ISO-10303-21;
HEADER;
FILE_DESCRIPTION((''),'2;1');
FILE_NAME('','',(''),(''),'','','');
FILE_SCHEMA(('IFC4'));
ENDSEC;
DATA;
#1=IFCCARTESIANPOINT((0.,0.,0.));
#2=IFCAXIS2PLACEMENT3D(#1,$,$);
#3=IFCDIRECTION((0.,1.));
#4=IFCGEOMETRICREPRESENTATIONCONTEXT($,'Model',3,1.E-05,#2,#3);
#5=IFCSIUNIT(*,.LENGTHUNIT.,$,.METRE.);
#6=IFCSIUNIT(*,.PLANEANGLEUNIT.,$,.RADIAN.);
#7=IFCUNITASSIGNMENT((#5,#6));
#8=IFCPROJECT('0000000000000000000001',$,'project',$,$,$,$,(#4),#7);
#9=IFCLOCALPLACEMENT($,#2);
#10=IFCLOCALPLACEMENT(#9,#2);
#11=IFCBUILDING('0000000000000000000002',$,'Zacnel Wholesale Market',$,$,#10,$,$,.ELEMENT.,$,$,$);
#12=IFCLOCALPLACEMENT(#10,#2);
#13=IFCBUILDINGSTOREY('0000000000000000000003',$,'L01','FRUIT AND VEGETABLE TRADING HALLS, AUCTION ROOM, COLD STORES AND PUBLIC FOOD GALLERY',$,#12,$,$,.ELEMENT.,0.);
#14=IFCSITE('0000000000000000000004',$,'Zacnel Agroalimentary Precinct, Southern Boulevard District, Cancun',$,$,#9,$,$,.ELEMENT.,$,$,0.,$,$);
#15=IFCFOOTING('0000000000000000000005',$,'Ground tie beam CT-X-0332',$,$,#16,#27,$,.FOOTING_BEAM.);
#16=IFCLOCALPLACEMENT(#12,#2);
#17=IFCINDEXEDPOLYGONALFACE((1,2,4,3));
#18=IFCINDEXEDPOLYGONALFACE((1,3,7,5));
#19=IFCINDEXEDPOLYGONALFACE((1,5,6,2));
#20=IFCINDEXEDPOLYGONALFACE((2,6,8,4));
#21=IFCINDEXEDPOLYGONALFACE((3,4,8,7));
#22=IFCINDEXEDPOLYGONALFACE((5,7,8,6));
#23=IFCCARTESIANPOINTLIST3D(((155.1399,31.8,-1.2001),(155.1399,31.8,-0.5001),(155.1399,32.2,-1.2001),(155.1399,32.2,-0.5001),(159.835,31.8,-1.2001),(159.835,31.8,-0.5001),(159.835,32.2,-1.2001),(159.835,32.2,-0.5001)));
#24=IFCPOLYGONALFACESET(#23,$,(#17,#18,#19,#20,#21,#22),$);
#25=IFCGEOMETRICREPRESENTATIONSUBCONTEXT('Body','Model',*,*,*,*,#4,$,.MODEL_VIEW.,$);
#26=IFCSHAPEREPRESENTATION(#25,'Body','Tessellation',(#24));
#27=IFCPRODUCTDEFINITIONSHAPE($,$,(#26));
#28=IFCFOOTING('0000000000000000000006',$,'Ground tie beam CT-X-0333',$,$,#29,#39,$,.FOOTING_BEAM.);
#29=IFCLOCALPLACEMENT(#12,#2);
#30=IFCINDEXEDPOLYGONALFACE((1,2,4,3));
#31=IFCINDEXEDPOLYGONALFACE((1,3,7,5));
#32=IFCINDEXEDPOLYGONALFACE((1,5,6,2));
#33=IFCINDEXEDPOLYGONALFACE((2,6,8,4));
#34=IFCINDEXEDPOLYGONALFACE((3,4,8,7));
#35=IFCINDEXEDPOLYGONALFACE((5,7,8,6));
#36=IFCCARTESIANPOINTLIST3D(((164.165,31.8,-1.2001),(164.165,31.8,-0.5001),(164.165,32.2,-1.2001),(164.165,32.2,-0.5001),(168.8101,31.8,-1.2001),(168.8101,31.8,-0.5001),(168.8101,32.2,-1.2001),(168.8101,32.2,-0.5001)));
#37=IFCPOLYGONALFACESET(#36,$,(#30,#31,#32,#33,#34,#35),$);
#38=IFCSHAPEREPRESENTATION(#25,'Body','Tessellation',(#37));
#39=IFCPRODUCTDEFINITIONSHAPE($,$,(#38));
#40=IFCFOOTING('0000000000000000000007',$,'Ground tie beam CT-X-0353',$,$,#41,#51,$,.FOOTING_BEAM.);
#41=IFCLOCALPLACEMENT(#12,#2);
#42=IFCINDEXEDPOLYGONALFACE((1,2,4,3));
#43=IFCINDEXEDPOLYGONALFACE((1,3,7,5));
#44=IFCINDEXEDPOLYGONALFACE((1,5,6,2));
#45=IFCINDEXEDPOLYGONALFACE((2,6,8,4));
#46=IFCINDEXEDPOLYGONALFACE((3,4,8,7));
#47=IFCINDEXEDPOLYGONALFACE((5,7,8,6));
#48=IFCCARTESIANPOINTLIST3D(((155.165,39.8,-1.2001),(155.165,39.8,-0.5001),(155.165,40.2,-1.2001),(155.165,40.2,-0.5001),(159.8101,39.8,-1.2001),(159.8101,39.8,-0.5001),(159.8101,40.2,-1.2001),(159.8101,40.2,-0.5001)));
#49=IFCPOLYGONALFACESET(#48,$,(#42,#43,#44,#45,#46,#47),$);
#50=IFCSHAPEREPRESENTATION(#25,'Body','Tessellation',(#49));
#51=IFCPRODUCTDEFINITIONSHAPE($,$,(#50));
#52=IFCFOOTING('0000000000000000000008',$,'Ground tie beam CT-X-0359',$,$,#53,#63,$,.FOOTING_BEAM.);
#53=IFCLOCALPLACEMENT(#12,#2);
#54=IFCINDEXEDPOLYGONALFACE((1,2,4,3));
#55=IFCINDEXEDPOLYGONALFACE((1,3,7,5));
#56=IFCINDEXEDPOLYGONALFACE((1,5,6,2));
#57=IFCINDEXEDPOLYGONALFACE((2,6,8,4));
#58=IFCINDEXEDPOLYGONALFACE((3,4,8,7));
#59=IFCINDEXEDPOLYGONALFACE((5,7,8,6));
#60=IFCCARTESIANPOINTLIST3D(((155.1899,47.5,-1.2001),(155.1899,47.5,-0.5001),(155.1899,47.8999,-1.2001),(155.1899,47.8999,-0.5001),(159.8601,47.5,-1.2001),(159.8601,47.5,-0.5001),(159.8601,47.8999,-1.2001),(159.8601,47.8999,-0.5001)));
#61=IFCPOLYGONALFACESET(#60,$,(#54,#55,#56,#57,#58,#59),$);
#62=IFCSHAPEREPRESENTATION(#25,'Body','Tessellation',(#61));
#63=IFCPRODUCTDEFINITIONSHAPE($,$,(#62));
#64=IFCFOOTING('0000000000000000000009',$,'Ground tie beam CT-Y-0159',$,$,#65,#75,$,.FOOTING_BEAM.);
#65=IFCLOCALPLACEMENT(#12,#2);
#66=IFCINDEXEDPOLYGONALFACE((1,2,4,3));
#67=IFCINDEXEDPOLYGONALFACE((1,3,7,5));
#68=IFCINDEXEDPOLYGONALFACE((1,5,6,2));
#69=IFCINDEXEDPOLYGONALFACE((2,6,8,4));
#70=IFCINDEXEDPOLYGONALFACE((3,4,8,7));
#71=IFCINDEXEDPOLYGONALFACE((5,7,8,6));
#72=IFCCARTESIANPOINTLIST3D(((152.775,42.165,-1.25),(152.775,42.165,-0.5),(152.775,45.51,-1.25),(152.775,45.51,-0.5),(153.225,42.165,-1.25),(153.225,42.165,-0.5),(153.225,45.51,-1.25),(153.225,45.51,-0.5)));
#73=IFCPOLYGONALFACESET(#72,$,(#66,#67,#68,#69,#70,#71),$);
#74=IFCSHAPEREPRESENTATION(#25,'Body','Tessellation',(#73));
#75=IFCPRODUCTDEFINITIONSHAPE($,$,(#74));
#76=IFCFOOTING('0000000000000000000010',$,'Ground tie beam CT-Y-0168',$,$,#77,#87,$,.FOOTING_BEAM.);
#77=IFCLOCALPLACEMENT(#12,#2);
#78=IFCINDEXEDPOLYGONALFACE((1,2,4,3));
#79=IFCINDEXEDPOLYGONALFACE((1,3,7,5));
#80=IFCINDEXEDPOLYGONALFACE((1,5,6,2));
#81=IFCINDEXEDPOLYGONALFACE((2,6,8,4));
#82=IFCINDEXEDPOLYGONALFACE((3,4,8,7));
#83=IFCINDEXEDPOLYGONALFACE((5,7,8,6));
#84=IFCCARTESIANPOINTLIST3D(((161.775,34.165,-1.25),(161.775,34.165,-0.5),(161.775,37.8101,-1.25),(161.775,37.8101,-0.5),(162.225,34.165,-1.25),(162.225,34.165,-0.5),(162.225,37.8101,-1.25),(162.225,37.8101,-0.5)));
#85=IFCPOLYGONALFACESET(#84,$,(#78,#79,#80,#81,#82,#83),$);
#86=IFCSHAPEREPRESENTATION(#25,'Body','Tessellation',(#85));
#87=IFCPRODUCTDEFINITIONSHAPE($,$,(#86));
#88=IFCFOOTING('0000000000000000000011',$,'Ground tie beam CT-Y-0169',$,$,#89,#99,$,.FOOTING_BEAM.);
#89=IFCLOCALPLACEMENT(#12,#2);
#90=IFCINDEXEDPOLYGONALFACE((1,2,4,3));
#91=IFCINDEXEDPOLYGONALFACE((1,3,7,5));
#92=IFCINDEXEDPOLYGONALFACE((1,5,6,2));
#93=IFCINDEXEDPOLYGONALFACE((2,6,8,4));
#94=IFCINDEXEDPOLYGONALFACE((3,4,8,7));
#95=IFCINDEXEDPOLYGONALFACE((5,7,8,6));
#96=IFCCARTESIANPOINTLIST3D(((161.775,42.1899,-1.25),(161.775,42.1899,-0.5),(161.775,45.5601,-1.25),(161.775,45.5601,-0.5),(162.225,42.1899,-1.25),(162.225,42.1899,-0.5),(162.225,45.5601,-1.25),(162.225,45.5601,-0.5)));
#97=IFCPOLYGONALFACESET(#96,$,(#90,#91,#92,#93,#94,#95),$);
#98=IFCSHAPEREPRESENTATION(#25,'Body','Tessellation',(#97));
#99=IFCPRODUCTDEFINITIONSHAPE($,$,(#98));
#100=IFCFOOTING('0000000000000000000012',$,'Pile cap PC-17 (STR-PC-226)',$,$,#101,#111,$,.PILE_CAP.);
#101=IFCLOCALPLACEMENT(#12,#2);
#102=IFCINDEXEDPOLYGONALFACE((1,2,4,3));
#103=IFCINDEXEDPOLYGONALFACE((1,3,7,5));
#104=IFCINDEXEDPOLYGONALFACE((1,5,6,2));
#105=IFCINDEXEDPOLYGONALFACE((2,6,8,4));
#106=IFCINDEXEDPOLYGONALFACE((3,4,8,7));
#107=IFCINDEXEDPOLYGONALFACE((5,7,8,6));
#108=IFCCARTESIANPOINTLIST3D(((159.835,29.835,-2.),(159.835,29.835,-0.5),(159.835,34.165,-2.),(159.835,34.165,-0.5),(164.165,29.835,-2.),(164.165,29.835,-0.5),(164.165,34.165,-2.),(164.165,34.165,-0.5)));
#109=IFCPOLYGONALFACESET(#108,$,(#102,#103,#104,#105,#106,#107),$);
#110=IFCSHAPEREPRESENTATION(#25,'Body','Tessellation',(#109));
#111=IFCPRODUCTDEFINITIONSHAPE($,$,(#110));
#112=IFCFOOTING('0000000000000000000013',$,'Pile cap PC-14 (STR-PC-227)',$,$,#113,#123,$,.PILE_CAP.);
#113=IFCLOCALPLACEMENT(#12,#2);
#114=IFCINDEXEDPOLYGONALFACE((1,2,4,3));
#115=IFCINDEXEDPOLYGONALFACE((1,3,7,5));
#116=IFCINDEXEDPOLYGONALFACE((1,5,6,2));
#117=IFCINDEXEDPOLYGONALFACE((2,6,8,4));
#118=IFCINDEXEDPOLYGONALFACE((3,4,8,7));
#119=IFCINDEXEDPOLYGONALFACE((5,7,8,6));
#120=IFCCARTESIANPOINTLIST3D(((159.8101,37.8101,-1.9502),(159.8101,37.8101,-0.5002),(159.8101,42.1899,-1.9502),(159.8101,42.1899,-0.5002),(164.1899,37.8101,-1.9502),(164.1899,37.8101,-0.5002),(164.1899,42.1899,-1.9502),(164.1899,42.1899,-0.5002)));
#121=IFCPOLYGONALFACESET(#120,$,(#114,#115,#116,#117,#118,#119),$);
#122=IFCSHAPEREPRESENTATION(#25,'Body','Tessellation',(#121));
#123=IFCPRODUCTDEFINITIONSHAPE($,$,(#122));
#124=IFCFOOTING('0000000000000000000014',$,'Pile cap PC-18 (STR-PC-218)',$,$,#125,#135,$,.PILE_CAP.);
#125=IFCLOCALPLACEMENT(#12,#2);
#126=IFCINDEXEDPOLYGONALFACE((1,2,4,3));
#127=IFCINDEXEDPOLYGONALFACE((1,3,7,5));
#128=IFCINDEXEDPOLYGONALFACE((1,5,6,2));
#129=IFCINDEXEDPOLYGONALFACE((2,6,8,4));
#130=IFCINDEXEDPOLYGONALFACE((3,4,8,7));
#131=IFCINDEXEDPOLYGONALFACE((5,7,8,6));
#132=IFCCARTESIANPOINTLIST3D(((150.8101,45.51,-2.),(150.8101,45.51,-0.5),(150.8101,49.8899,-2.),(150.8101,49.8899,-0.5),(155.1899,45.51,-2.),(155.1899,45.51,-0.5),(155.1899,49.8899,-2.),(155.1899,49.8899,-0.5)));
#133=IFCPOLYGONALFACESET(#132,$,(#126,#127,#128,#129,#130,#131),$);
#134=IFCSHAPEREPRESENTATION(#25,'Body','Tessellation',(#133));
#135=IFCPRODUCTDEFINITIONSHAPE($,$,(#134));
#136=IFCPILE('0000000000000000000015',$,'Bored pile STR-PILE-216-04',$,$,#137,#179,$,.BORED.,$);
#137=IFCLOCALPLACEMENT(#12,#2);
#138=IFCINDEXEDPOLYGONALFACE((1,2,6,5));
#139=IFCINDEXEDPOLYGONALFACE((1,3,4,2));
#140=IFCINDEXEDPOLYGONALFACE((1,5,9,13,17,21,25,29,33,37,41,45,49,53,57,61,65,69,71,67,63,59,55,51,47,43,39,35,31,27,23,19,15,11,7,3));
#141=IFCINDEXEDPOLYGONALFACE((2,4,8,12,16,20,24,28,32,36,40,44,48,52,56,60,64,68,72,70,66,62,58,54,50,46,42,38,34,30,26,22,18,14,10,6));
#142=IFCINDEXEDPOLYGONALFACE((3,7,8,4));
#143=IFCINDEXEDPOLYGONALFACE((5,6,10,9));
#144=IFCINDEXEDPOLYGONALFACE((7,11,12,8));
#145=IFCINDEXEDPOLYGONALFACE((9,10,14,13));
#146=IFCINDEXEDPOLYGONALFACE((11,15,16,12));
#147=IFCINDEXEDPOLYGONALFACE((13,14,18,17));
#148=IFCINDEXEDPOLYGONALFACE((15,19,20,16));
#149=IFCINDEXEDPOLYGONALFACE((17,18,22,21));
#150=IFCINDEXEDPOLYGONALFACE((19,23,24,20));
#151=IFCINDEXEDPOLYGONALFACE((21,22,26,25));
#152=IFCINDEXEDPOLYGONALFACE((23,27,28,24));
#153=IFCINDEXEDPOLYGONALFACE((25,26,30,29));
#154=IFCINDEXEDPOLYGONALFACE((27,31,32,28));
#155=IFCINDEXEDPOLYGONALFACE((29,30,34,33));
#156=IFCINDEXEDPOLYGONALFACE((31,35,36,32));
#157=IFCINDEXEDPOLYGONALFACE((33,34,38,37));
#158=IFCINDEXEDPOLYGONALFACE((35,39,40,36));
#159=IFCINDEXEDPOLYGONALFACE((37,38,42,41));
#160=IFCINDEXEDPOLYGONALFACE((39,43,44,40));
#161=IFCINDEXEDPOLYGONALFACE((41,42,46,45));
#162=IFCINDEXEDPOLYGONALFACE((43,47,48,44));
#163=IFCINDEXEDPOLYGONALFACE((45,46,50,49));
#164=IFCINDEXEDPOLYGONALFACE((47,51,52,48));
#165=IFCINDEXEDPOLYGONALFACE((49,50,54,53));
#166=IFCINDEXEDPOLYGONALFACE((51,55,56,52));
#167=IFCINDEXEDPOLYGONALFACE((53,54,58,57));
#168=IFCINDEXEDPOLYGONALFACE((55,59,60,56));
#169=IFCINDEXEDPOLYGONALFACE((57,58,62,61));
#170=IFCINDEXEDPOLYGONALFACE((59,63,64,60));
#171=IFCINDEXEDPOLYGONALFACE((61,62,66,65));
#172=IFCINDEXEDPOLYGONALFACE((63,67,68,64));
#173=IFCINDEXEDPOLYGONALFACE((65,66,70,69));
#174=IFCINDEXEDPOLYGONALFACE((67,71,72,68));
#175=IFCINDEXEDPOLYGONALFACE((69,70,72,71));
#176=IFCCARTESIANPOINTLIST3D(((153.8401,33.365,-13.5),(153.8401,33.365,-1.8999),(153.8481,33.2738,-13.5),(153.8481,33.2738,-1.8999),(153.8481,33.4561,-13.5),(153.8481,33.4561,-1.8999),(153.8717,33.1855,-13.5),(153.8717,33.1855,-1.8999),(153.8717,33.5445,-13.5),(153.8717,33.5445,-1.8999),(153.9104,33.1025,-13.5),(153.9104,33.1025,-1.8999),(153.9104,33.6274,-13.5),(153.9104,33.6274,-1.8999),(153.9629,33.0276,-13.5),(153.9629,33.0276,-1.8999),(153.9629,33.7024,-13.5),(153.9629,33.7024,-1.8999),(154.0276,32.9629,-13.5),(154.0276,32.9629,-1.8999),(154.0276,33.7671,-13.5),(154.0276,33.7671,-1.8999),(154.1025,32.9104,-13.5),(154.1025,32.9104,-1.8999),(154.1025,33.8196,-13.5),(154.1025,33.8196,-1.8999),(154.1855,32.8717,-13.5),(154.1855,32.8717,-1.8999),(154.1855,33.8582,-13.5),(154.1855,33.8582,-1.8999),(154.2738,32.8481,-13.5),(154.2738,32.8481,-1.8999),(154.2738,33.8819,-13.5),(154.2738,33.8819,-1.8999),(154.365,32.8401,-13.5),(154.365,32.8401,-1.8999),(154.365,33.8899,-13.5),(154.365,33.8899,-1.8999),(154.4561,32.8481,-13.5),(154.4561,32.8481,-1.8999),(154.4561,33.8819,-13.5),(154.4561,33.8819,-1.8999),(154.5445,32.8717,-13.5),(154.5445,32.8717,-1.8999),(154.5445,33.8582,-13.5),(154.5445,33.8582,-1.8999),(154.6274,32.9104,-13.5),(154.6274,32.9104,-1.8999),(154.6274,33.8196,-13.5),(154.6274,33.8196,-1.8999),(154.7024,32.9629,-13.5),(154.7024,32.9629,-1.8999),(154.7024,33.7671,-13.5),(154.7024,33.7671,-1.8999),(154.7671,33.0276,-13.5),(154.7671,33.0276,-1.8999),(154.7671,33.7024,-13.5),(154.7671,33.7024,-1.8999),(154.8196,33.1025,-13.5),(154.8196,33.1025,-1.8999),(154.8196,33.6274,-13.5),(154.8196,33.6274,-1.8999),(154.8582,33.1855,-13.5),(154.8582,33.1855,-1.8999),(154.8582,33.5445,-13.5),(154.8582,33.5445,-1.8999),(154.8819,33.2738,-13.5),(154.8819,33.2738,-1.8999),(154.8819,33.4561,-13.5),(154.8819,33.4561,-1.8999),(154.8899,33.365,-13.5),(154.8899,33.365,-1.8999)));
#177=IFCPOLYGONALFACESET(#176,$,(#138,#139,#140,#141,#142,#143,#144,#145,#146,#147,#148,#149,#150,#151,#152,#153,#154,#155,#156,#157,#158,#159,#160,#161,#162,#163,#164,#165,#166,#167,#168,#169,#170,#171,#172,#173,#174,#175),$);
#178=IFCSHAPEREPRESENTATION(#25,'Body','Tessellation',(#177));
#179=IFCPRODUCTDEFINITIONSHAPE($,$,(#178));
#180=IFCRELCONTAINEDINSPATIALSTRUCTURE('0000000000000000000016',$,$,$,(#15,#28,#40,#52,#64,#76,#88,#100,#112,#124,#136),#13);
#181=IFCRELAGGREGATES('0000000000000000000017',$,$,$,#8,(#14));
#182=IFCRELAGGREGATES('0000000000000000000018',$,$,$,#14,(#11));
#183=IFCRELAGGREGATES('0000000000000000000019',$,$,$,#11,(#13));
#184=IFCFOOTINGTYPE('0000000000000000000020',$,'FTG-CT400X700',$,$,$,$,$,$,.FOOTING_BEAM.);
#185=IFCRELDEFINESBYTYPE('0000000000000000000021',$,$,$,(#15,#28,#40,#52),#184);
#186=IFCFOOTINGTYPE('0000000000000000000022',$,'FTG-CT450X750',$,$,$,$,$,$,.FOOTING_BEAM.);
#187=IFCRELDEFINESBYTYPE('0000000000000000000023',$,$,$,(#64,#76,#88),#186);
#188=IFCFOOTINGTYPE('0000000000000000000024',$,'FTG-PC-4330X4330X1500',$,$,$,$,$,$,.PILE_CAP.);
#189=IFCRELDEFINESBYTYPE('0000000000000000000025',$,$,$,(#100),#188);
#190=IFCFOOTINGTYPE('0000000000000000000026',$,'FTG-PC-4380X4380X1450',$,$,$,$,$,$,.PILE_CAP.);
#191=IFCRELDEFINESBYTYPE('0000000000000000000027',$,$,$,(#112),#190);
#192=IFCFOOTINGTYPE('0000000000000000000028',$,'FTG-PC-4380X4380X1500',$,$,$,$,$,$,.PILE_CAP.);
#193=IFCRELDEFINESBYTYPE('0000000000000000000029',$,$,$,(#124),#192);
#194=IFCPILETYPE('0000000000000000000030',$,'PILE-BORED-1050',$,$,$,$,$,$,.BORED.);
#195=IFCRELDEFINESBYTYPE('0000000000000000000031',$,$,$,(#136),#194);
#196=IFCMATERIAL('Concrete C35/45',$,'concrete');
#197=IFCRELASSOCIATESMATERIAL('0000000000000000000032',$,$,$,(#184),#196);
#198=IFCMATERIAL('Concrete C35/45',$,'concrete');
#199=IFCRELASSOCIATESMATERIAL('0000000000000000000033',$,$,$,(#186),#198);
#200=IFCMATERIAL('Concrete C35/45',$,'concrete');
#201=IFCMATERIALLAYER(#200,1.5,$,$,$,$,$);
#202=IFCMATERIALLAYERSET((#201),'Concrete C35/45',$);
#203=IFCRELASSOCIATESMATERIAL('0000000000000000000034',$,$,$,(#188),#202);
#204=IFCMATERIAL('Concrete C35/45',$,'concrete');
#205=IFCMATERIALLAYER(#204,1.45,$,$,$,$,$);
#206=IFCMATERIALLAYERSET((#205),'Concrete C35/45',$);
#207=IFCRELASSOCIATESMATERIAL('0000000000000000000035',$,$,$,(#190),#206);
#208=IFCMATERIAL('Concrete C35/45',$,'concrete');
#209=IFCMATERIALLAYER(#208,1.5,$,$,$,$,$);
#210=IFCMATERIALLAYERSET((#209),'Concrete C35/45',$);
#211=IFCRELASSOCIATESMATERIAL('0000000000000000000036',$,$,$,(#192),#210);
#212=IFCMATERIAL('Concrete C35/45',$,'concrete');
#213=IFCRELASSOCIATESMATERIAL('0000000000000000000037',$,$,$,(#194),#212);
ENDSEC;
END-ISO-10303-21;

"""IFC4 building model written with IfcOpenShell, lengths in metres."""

from ifc_helpers import new_model, si_unit, direction, frame, origin, origin_2d, place, context, subcontext, project, spatial, rectangle, circle, extrude, material, layer, layer_set, material_profile, profile_set, type_object, element, save


model = new_model("IFC4")

# Units and contexts
model_context = context("Model", 3, precision=1e-05, world=origin(), true_north=direction((0.0, 1.0)))
body_context = subcontext(model_context, "Body", "Model", "MODEL_VIEW")
ifc_project = project(units=[si_unit("LENGTHUNIT", "METRE"), si_unit("PLANEANGLEUNIT", "RADIAN")], contexts=[model_context])

# Site, building, storey
site_placement = place(None, origin())
site = spatial("IfcSite", under=ifc_project, at=site_placement, Name="Zacnel Agroalimentary Precinct, Southern Boulevard District, Cancun", CompositionType="ELEMENT", RefElevation=0.0)
building_placement = place(site_placement, origin())
building = spatial("IfcBuilding", under=site, at=building_placement, Name="Zacnel Wholesale Market", CompositionType="ELEMENT")
storey_placement = place(building_placement, origin())
storey = spatial("IfcBuildingStorey", under=building, at=storey_placement, Name="L01", Description="FRUIT AND VEGETABLE TRADING HALLS, AUCTION ROOM, COLD STORES AND PUBLIC FOOD GALLERY", CompositionType="ELEMENT", Elevation=0.0)

# Footings
ifc_material_1 = material(Name="Concrete C35/45", Category="concrete")
ifc_material_profile_1 = material_profile(ifc_material_1, rectangle(XDim=0.3999, YDim=0.7, at=origin_2d()), Name="CT 400x700")
ifc_profile_set_1 = profile_set([ifc_material_profile_1], Name="Concrete C35/45")
footing_type_1 = type_object("IfcFootingType", Name="FTG-CT400X700", PredefinedType="FOOTING_BEAM", material=ifc_profile_set_1)
footing_1_placement = place(storey_placement, frame((155.1399, 32.0, -0.8501), z_axis=(1.0, 0.0, 0.0), x_axis=(0.0, 1.0, 0.0)))
element("IfcFooting", 1, at=footing_1_placement, inside=storey, type_object=footing_type_1, Name="Ground tie beam CT-X-0332", PredefinedType="FOOTING_BEAM", context=body_context, shape_type="SweptSolid", body=[
    extrude(rectangle(XDim=0.3999, YDim=0.7, at=origin_2d()), origin(), (0.0, 0.0, 1.0), 4.6951),
])
for number, where, z_axis, x_axis, name in (
    (2, (164.165, 32.0, -0.8501), (1.0, 0.0, 0.0), (0.0, 1.0, 0.0), "Ground tie beam CT-X-0333"),
    (3, (155.165, 40.0, -0.8501), (1.0, 0.0, 0.0), (0.0, 1.0, 0.0), "Ground tie beam CT-X-0353"),
):
    element("IfcFooting", number, at=place(storey_placement, frame(where, z_axis=z_axis, x_axis=x_axis)), inside=storey, type_object=footing_type_1, Name=name, PredefinedType="FOOTING_BEAM", context=body_context, shape_type="SweptSolid", body=[
        extrude(rectangle(XDim=0.3999, YDim=0.7, at=origin_2d()), origin(), (0.0, 0.0, 1.0), 4.645),
    ])
footing_2_placement = place(storey_placement, frame((155.1899, 47.7, -0.8501), z_axis=(1.0, 0.0, 0.0), x_axis=(0.0, 1.0, 0.0)))
element("IfcFooting", 4, at=footing_2_placement, inside=storey, type_object=footing_type_1, Name="Ground tie beam CT-X-0359", PredefinedType="FOOTING_BEAM", context=body_context, shape_type="SweptSolid", body=[
    extrude(rectangle(XDim=0.3999, YDim=0.7, at=origin_2d()), origin(), (0.0, 0.0, 1.0), 4.6702),
])
ifc_material_2 = material(Name="Concrete C35/45", Category="concrete")
ifc_material_profile_2 = material_profile(ifc_material_2, rectangle(XDim=0.45, YDim=0.75, at=origin_2d()), Name="CT 450x750")
ifc_profile_set_2 = profile_set([ifc_material_profile_2], Name="Concrete C35/45")
footing_type_2 = type_object("IfcFootingType", Name="FTG-CT450X750", PredefinedType="FOOTING_BEAM", material=ifc_profile_set_2)
footing_3_placement = place(storey_placement, frame((153.0, 42.165, -0.875), z_axis=(0.0, 1.0, 0.0), x_axis=(-1.0, 0.0, 0.0)))
element("IfcFooting", 5, at=footing_3_placement, inside=storey, type_object=footing_type_2, Name="Ground tie beam CT-Y-0159", PredefinedType="FOOTING_BEAM", context=body_context, shape_type="SweptSolid", body=[
    extrude(rectangle(XDim=0.45, YDim=0.75, at=origin_2d()), origin(), (0.0, 0.0, 1.0), 3.345),
])
footing_4_placement = place(storey_placement, frame((162.0, 34.165, -0.875), z_axis=(0.0, 1.0, 0.0), x_axis=(-1.0, 0.0, 0.0)))
element("IfcFooting", 6, at=footing_4_placement, inside=storey, type_object=footing_type_2, Name="Ground tie beam CT-Y-0168", PredefinedType="FOOTING_BEAM", context=body_context, shape_type="SweptSolid", body=[
    extrude(rectangle(XDim=0.45, YDim=0.75, at=origin_2d()), origin(), (0.0, 0.0, 1.0), 3.645),
])
footing_5_placement = place(storey_placement, frame((162.0, 42.1899, -0.875), z_axis=(0.0, 1.0, 0.0), x_axis=(-1.0, 0.0, 0.0)))
element("IfcFooting", 7, at=footing_5_placement, inside=storey, type_object=footing_type_2, Name="Ground tie beam CT-Y-0169", PredefinedType="FOOTING_BEAM", context=body_context, shape_type="SweptSolid", body=[
    extrude(rectangle(XDim=0.45, YDim=0.75, at=origin_2d()), origin(), (0.0, 0.0, 1.0), 3.3701),
])
ifc_material_3 = material(Name="Concrete C35/45", Category="concrete")
ifc_layer_1 = layer(ifc_material_3, 1.5)
ifc_layer_set_1 = layer_set([ifc_layer_1], Name="Concrete C35/45")
footing_type_3 = type_object("IfcFootingType", Name="FTG-PC-4330X4330X1500", PredefinedType="PILE_CAP", material=ifc_layer_set_1)
footing_6_placement = place(storey_placement, frame((162.0, 32.0, -2.0), z_axis=(0.0, 0.0, 1.0), x_axis=(1.0, 0.0, 0.0)))
element("IfcFooting", 8, at=footing_6_placement, inside=storey, type_object=footing_type_3, Name="Pile cap PC-17 (STR-PC-226)", PredefinedType="PILE_CAP", context=body_context, shape_type="SweptSolid", body=[
    extrude(rectangle(XDim=4.3301, YDim=4.3301, at=origin_2d()), origin(), (0.0, 0.0, 1.0), 1.5),
])
ifc_material_4 = material(Name="Concrete C35/45", Category="concrete")
ifc_layer_2 = layer(ifc_material_4, 1.45)
ifc_layer_set_2 = layer_set([ifc_layer_2], Name="Concrete C35/45")
footing_type_4 = type_object("IfcFootingType", Name="FTG-PC-4380X4380X1450", PredefinedType="PILE_CAP", material=ifc_layer_set_2)
footing_7_placement = place(storey_placement, frame((162.0, 40.0, -1.9502), z_axis=(0.0, 0.0, 1.0), x_axis=(1.0, 0.0, 0.0)))
element("IfcFooting", 9, at=footing_7_placement, inside=storey, type_object=footing_type_4, Name="Pile cap PC-14 (STR-PC-227)", PredefinedType="PILE_CAP", context=body_context, shape_type="SweptSolid", body=[
    extrude(rectangle(XDim=4.3799, YDim=4.3799, at=origin_2d()), origin(), (0.0, 0.0, 1.0), 1.45),
])
ifc_material_5 = material(Name="Concrete C35/45", Category="concrete")
ifc_layer_3 = layer(ifc_material_5, 1.5)
ifc_layer_set_3 = layer_set([ifc_layer_3], Name="Concrete C35/45")
footing_type_5 = type_object("IfcFootingType", Name="FTG-PC-4380X4380X1500", PredefinedType="PILE_CAP", material=ifc_layer_set_3)
footing_8_placement = place(storey_placement, frame((153.0, 47.7, -2.0), z_axis=(0.0, 0.0, 1.0), x_axis=(1.0, 0.0, 0.0)))
element("IfcFooting", 10, at=footing_8_placement, inside=storey, type_object=footing_type_5, Name="Pile cap PC-18 (STR-PC-218)", PredefinedType="PILE_CAP", context=body_context, shape_type="SweptSolid", body=[
    extrude(rectangle(XDim=4.3799, YDim=4.3799, at=origin_2d()), origin(), (0.0, 0.0, 1.0), 1.5),
])

# Pile
ifc_material_6 = material(Name="Concrete C35/45", Category="concrete")
ifc_material_profile_3 = material_profile(ifc_material_6, circle(Radius=0.5249, at=origin_2d()), Name="BORED PILE D1050")
ifc_profile_set_3 = profile_set([ifc_material_profile_3], Name="Concrete C35/45")
pile_type = type_object("IfcPileType", Name="PILE-BORED-1050", PredefinedType="BORED", material=ifc_profile_set_3)
pile_placement = place(storey_placement, frame((154.365, 33.365, -1.8999), z_axis=(0.0, 0.0, -1.0), x_axis=(1.0, 0.0, 0.0)))
element("IfcPile", 11, at=pile_placement, inside=storey, type_object=pile_type, Name="Bored pile STR-PILE-216-04", PredefinedType="BORED", context=body_context, shape_type="SweptSolid", body=[
    extrude(circle(Radius=0.5249, at=origin_2d()), origin(), (0.0, 0.0, 1.0), 11.6001),
])

save(model, "model.ifc")
